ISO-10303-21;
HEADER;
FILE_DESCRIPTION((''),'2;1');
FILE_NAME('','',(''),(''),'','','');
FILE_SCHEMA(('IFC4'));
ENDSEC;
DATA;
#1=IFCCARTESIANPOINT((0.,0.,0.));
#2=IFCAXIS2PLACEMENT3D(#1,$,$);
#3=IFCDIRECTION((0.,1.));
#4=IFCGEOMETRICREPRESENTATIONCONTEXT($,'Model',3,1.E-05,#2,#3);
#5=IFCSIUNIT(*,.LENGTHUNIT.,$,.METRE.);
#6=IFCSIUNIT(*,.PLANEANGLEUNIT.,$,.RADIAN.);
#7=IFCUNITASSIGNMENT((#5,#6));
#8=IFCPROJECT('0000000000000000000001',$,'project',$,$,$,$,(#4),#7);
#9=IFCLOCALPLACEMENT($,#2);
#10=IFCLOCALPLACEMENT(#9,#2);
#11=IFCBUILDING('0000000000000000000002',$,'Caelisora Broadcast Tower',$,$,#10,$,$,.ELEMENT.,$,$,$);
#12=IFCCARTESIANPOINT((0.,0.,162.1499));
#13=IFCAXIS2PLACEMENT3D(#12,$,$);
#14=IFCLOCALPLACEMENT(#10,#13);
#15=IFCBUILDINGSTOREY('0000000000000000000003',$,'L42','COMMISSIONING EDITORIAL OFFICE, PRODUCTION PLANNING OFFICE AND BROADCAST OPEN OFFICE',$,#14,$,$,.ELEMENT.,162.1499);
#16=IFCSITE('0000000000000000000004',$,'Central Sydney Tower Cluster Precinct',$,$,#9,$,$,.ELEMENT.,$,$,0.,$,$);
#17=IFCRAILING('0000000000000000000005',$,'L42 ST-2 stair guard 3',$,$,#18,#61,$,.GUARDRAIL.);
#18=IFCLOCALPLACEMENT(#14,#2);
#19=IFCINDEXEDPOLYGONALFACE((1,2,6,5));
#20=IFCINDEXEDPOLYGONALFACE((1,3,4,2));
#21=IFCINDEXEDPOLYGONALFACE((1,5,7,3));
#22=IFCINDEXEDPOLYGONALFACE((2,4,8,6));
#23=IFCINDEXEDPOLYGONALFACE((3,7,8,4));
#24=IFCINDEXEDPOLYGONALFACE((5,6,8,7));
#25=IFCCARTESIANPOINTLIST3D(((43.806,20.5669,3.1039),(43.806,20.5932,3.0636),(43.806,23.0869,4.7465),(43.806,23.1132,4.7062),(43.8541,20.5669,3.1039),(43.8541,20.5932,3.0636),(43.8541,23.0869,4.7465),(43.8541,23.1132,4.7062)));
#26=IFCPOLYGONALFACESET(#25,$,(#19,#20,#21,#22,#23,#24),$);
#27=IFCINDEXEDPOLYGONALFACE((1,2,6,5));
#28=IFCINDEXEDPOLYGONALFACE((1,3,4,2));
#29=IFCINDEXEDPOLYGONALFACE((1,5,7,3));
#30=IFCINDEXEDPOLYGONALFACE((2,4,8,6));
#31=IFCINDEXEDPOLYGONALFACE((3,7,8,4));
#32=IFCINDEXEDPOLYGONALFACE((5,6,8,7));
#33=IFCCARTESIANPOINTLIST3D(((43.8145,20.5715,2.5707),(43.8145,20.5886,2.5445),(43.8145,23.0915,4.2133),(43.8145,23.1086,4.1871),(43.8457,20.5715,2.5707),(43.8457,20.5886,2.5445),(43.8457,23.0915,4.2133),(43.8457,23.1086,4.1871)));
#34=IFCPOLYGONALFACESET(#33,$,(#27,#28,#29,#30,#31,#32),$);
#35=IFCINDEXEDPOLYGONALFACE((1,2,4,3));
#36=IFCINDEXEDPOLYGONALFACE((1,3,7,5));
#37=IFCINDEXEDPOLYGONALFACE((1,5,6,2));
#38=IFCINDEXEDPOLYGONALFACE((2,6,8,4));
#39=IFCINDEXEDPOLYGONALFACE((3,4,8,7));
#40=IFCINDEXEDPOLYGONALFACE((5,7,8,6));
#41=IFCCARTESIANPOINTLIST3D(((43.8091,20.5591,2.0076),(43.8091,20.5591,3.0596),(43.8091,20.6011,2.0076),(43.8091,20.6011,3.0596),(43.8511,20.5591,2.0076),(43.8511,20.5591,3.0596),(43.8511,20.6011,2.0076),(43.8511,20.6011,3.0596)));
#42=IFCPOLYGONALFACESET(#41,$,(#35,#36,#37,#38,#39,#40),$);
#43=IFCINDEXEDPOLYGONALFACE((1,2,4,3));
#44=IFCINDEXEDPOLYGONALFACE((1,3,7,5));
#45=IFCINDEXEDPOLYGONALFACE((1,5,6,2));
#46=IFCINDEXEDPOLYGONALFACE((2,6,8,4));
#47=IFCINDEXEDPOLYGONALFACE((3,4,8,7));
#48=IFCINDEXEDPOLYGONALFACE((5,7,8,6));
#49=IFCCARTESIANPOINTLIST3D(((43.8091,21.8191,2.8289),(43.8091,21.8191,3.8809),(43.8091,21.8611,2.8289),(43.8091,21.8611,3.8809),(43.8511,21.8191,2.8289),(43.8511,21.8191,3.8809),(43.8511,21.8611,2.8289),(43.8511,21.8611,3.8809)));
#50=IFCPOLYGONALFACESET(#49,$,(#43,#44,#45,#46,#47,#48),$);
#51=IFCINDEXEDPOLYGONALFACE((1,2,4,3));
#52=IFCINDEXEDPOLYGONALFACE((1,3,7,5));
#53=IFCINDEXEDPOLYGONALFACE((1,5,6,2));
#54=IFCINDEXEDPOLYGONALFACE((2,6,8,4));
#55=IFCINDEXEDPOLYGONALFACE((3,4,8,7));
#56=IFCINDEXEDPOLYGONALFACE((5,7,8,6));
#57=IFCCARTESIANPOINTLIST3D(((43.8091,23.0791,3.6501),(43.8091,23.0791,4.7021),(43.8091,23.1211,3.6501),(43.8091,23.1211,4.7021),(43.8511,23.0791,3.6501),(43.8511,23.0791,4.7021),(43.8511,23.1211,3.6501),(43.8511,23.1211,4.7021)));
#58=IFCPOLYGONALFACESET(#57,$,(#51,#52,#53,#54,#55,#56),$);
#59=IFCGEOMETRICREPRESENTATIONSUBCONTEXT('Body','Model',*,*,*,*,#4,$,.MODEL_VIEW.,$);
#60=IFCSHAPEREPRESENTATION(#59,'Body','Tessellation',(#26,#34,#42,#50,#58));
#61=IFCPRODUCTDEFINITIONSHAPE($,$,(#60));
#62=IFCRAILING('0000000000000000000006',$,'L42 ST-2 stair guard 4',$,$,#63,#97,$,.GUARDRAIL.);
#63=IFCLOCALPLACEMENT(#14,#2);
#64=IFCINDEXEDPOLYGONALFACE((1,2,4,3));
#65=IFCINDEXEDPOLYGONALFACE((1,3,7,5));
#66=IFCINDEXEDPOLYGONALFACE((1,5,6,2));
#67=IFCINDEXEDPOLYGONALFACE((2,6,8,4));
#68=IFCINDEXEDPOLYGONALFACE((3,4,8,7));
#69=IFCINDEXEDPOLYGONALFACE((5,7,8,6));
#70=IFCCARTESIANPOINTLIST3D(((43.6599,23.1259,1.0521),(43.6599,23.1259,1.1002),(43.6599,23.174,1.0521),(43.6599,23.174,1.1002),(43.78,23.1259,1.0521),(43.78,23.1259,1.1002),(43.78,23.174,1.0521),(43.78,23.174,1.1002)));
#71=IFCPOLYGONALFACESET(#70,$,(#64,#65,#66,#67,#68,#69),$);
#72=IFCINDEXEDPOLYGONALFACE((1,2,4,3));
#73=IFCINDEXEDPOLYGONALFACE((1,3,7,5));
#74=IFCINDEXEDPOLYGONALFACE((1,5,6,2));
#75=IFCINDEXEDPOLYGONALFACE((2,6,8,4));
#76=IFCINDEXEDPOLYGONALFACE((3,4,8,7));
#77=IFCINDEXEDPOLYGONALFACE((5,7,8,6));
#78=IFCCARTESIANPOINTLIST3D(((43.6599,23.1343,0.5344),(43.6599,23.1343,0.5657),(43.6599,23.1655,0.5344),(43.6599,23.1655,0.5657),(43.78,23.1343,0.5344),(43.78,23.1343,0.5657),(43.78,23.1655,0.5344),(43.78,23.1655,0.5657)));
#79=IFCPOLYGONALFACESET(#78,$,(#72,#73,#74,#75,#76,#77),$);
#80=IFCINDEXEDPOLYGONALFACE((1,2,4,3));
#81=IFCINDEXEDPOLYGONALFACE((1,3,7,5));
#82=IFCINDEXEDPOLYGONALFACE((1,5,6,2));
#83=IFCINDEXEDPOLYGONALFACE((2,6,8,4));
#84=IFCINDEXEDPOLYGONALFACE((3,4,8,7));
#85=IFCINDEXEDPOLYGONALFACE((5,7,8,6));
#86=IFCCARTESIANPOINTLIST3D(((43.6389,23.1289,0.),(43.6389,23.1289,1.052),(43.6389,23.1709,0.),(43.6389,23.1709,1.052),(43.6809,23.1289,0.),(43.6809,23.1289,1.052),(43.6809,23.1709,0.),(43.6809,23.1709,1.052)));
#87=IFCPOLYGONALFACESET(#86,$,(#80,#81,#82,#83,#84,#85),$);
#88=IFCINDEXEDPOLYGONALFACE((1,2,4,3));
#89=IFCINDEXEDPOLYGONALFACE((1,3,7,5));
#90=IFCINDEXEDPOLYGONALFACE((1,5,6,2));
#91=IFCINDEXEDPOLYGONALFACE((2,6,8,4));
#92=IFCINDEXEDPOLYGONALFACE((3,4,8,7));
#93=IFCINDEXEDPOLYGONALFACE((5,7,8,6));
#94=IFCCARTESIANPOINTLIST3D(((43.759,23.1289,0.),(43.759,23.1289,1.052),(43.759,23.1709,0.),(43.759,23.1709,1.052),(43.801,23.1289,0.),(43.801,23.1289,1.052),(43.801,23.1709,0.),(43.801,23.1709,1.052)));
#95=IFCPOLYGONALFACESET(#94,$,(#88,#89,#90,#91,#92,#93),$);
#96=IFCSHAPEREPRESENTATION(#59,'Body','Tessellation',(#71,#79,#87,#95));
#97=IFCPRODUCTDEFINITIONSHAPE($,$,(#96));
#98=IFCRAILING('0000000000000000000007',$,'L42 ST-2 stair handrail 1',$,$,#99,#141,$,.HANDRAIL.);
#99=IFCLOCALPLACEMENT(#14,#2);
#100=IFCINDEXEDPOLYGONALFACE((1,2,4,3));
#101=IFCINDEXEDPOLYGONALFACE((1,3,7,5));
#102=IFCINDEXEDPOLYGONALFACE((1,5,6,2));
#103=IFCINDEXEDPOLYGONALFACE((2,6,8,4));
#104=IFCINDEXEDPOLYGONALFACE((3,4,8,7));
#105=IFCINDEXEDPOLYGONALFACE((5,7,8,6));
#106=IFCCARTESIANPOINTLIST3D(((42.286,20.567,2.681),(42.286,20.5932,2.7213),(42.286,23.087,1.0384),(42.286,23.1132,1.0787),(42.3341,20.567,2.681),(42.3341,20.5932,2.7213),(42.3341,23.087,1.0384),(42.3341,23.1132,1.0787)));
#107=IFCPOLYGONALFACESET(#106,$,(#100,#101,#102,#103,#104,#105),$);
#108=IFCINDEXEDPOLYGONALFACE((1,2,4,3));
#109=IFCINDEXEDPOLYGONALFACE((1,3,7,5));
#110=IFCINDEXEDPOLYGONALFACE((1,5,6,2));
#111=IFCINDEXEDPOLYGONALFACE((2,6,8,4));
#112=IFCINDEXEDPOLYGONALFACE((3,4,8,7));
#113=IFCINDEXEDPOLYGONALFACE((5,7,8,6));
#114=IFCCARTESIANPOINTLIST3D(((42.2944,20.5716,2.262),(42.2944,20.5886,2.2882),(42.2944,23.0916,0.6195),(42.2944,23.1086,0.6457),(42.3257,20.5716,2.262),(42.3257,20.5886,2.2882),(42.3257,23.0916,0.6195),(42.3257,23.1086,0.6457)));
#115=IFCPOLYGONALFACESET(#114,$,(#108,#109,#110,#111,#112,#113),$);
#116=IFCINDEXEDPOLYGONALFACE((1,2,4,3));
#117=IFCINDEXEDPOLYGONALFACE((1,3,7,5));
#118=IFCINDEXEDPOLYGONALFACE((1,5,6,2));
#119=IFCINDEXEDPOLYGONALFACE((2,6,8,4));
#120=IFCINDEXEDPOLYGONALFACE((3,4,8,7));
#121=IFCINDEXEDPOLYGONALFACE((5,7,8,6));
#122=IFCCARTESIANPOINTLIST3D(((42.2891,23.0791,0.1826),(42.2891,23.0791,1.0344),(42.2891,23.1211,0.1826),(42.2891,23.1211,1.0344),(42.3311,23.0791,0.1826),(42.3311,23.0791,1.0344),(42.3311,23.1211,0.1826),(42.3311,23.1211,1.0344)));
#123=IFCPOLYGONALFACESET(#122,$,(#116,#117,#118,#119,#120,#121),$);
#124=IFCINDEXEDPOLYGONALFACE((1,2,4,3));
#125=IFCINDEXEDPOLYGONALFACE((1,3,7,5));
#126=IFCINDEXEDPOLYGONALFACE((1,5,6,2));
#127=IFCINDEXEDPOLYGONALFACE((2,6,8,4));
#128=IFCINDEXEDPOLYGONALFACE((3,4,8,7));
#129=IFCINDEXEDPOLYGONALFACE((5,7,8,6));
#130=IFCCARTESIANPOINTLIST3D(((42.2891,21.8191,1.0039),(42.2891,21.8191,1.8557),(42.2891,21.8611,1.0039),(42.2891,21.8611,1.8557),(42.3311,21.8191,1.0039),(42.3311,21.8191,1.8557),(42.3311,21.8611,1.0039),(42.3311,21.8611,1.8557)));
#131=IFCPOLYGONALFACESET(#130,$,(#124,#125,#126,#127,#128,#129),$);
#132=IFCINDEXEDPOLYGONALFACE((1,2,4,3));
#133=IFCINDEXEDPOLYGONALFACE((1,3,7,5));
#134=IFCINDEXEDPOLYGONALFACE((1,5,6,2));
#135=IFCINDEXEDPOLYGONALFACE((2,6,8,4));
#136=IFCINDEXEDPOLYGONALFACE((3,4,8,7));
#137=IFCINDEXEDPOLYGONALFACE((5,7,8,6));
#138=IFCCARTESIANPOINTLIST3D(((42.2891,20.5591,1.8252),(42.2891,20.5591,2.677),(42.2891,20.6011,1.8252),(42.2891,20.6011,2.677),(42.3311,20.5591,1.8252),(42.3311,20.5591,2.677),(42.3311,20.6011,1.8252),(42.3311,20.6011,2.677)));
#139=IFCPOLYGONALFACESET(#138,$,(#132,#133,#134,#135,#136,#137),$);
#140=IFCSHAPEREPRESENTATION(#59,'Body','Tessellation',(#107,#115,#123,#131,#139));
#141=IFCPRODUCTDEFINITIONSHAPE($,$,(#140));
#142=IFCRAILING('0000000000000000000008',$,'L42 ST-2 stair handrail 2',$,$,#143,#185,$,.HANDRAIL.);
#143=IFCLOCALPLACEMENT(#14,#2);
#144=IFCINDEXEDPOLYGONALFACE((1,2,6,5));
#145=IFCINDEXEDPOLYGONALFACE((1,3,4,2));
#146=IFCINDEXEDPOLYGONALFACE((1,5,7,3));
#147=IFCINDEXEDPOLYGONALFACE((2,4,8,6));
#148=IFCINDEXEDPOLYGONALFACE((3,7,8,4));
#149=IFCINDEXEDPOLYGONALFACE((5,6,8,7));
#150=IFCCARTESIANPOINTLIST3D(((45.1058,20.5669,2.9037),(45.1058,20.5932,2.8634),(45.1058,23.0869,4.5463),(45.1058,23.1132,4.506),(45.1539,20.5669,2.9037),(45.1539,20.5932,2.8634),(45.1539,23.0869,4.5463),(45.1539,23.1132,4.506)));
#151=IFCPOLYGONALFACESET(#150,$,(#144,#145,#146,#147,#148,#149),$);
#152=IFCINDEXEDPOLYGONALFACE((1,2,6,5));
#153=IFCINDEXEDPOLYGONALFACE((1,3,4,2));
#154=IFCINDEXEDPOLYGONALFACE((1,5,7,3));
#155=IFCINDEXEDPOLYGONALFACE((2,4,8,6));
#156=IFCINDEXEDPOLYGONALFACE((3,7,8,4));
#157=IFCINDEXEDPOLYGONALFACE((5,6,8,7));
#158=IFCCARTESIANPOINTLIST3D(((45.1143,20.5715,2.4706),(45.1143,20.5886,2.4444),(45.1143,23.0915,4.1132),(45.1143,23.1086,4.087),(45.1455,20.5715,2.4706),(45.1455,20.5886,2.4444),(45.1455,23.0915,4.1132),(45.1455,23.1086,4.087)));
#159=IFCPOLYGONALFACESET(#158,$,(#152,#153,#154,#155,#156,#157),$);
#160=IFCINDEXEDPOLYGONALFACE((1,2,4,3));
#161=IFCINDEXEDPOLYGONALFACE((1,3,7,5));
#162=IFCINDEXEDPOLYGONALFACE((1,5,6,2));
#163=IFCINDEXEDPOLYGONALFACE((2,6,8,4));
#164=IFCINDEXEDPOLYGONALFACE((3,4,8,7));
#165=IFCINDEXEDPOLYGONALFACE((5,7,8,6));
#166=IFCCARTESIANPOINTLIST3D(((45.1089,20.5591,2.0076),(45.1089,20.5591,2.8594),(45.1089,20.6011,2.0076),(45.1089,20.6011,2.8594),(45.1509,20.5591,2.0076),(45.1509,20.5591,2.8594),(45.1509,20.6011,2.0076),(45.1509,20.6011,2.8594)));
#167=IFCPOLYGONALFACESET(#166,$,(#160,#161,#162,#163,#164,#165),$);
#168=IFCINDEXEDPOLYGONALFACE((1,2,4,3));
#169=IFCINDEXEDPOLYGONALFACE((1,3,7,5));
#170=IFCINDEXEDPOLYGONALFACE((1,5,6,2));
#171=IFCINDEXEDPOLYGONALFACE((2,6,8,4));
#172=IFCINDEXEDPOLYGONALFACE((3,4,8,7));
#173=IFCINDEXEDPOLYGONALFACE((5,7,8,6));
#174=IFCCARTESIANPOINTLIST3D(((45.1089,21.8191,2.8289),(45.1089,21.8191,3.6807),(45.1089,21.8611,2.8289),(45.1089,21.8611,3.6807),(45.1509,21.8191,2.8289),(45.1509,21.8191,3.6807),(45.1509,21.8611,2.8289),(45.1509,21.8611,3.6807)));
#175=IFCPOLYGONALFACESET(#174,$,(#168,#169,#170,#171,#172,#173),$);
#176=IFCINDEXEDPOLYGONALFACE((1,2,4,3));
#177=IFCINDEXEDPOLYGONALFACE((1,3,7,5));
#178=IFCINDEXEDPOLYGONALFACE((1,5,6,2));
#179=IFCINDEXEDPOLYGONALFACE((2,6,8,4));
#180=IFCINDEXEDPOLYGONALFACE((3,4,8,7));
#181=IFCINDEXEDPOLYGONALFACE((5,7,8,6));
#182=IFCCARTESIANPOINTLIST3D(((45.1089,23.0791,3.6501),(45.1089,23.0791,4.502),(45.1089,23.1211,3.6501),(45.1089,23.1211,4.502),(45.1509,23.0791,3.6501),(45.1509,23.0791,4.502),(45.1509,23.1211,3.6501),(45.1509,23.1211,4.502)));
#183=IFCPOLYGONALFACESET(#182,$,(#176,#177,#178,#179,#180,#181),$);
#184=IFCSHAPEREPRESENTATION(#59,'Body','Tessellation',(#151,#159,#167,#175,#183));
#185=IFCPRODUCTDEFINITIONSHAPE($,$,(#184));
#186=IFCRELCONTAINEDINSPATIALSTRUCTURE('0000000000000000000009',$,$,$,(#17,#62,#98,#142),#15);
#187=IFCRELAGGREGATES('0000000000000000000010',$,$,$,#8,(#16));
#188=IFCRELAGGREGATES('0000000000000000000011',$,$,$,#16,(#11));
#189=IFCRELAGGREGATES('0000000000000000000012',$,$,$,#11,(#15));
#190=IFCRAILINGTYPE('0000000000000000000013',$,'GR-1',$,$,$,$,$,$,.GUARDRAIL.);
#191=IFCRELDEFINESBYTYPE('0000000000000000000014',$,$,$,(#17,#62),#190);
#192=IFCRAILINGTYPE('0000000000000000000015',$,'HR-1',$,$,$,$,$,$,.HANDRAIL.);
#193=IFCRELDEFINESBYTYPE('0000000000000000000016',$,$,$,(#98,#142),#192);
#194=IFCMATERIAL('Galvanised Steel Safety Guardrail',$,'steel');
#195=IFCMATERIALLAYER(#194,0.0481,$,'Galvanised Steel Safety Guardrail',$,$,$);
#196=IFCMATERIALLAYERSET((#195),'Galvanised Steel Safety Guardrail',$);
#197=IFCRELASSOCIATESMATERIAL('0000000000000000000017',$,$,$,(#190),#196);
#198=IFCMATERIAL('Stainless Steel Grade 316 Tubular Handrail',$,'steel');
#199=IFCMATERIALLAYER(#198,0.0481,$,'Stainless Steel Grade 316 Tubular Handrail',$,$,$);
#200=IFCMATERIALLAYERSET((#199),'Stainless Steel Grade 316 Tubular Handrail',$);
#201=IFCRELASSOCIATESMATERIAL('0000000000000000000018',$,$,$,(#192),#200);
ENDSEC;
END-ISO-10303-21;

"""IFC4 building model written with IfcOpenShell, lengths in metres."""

from ifc_helpers import new_model, si_unit, direction, frame, origin, origin_2d, place, context, subcontext, project, spatial, rectangle, extrude, material, layer, layer_set, type_object, element, save


model = new_model("IFC4")

# Units and contexts
model_context = context("Model", 3, precision=1e-05, world=origin(), true_north=direction((0.0, 1.0)))
body_context = subcontext(model_context, "Body", "Model", "MODEL_VIEW")
ifc_project = project(units=[si_unit("LENGTHUNIT", "METRE"), si_unit("PLANEANGLEUNIT", "RADIAN")], contexts=[model_context])

# Site, building, storey
site_placement = place(None, origin())
site = spatial("IfcSite", under=ifc_project, at=site_placement, Name="Central Sydney Tower Cluster Precinct", CompositionType="ELEMENT", RefElevation=0.0)
building_placement = place(site_placement, origin())
building = spatial("IfcBuilding", under=site, at=building_placement, Name="Caelisora Broadcast Tower", CompositionType="ELEMENT")
storey_placement = place(building_placement, frame((0.0, 0.0, 162.1499)))
storey = spatial("IfcBuildingStorey", under=building, at=storey_placement, Name="L42", Description="COMMISSIONING EDITORIAL OFFICE, PRODUCTION PLANNING OFFICE AND BROADCAST OPEN OFFICE", CompositionType="ELEMENT", Elevation=162.1499)

# Railings
ifc_material_1 = material(Name="Galvanised Steel Safety Guardrail", Category="steel")
ifc_layer_1 = layer(ifc_material_1, 0.0481, Name="Galvanised Steel Safety Guardrail")
ifc_layer_set_1 = layer_set([ifc_layer_1], Name="Galvanised Steel Safety Guardrail")
railing_type_1 = type_object("IfcRailingType", Name="GR-1", PredefinedType="GUARDRAIL", material=ifc_layer_set_1)
railing_1_placement = place(storey_placement, frame((43.8301, 20.5801, 2.0076)))
element("IfcRailing", 1, at=railing_1_placement, inside=storey, type_object=railing_type_1, Name="L42 ST-2 stair guard 3", PredefinedType="GUARDRAIL", context=body_context, shape_type="SweptSolid", body=[
    extrude(rectangle(XDim=0.0481, YDim=0.0481, at=origin_2d()), frame((0.0, 0.0, 1.0762), z_axis=(0.0, 0.837749, 0.546055), x_axis=(-1.0, 0.0, 0.0)), (0.0, 0.0, 1.0), 3.0081),
    extrude(rectangle(XDim=0.0312, YDim=0.0312, at=origin_2d()), frame((0.0, 0.0, 0.55), z_axis=(0.0, 0.837749, 0.546055), x_axis=(-1.0, 0.0, 0.0)), (0.0, 0.0, 1.0), 3.0081),
    extrude(rectangle(XDim=0.042, YDim=0.042, at=origin_2d()), origin(), (0.0, 0.0, 1.0), 1.052),
    extrude(rectangle(XDim=0.042, YDim=0.042, at=origin_2d()), frame((0.0, 1.26, 0.8213)), (0.0, 0.0, 1.0), 1.052),
    extrude(rectangle(XDim=0.042, YDim=0.042, at=origin_2d()), frame((0.0, 2.52, 1.6426)), (0.0, 0.0, 1.0), 1.052),
])
railing_2_placement = place(storey_placement, frame((43.6599, 23.1499, 0.0)))
element("IfcRailing", 2, at=railing_2_placement, inside=storey, type_object=railing_type_1, Name="L42 ST-2 stair guard 4", PredefinedType="GUARDRAIL", context=body_context, shape_type="SweptSolid", body=[
    extrude(rectangle(XDim=0.0481, YDim=0.0481, at=origin_2d()), frame((0.0, 0.0, 1.0762), z_axis=(1.0, 0.0, 0.0), x_axis=(0.0, 1.0, 0.0)), (0.0, 0.0, 1.0), 0.1201),
    extrude(rectangle(XDim=0.0312, YDim=0.0312, at=origin_2d()), frame((0.0, 0.0, 0.55), z_axis=(1.0, 0.0, 0.0), x_axis=(0.0, 1.0, 0.0)), (0.0, 0.0, 1.0), 0.1201),
    extrude(rectangle(XDim=0.042, YDim=0.042, at=origin_2d()), origin(), (0.0, 0.0, 1.0), 1.052),
    extrude(rectangle(XDim=0.042, YDim=0.042, at=origin_2d()), frame((0.1201, 0.0, 0.0)), (0.0, 0.0, 1.0), 1.052),
])
ifc_material_2 = material(Name="Stainless Steel Grade 316 Tubular Handrail", Category="steel")
ifc_layer_2 = layer(ifc_material_2, 0.0481, Name="Stainless Steel Grade 316 Tubular Handrail")
ifc_layer_set_2 = layer_set([ifc_layer_2], Name="Stainless Steel Grade 316 Tubular Handrail")
railing_type_2 = type_object("IfcRailingType", Name="HR-1", PredefinedType="HANDRAIL", material=ifc_layer_set_2)
railing_3_placement = place(storey_placement, frame((42.3101, 23.1001, 0.1826)))
element("IfcRailing", 3, at=railing_3_placement, inside=storey, type_object=railing_type_2, Name="L42 ST-2 stair handrail 1", PredefinedType="HANDRAIL", context=body_context, shape_type="SweptSolid", body=[
    extrude(rectangle(XDim=0.0481, YDim=0.0481, at=origin_2d()), frame((0.0, 0.0, 0.876), z_axis=(0.0, -0.837749, 0.546055), x_axis=(1.0, 0.0, 0.0)), (0.0, 0.0, 1.0), 3.0081),
    extrude(rectangle(XDim=0.0312, YDim=0.0312, at=origin_2d()), frame((0.0, 0.0, 0.45), z_axis=(0.0, -0.837749, 0.546055), x_axis=(1.0, 0.0, 0.0)), (0.0, 0.0, 1.0), 3.0081),
    extrude(rectangle(XDim=0.042, YDim=0.042, at=origin_2d()), origin(), (0.0, 0.0, 1.0), 0.8518),
    extrude(rectangle(XDim=0.042, YDim=0.042, at=origin_2d()), frame((0.0, -1.26, 0.8213)), (0.0, 0.0, 1.0), 0.8518),
    extrude(rectangle(XDim=0.042, YDim=0.042, at=origin_2d()), frame((0.0, -2.52, 1.6426)), (0.0, 0.0, 1.0), 0.8518),
])
railing_4_placement = place(storey_placement, frame((45.1299, 20.5801, 2.0076)))
element("IfcRailing", 4, at=railing_4_placement, inside=storey, type_object=railing_type_2, Name="L42 ST-2 stair handrail 2", PredefinedType="HANDRAIL", context=body_context, shape_type="SweptSolid", body=[
    extrude(rectangle(XDim=0.0481, YDim=0.0481, at=origin_2d()), frame((0.0, 0.0, 0.876), z_axis=(0.0, 0.837749, 0.546055), x_axis=(-1.0, 0.0, 0.0)), (0.0, 0.0, 1.0), 3.0081),
    extrude(rectangle(XDim=0.0312, YDim=0.0312, at=origin_2d()), frame((0.0, 0.0, 0.45), z_axis=(0.0, 0.837749, 0.546055), x_axis=(-1.0, 0.0, 0.0)), (0.0, 0.0, 1.0), 3.0081),
    extrude(rectangle(XDim=0.042, YDim=0.042, at=origin_2d()), origin(), (0.0, 0.0, 1.0), 0.8518),
    extrude(rectangle(XDim=0.042, YDim=0.042, at=origin_2d()), frame((0.0, 1.26, 0.8213)), (0.0, 0.0, 1.0), 0.8518),
    extrude(rectangle(XDim=0.042, YDim=0.042, at=origin_2d()), frame((0.0, 2.52, 1.6426)), (0.0, 0.0, 1.0), 0.8518),
])

save(model, "model.ifc")
